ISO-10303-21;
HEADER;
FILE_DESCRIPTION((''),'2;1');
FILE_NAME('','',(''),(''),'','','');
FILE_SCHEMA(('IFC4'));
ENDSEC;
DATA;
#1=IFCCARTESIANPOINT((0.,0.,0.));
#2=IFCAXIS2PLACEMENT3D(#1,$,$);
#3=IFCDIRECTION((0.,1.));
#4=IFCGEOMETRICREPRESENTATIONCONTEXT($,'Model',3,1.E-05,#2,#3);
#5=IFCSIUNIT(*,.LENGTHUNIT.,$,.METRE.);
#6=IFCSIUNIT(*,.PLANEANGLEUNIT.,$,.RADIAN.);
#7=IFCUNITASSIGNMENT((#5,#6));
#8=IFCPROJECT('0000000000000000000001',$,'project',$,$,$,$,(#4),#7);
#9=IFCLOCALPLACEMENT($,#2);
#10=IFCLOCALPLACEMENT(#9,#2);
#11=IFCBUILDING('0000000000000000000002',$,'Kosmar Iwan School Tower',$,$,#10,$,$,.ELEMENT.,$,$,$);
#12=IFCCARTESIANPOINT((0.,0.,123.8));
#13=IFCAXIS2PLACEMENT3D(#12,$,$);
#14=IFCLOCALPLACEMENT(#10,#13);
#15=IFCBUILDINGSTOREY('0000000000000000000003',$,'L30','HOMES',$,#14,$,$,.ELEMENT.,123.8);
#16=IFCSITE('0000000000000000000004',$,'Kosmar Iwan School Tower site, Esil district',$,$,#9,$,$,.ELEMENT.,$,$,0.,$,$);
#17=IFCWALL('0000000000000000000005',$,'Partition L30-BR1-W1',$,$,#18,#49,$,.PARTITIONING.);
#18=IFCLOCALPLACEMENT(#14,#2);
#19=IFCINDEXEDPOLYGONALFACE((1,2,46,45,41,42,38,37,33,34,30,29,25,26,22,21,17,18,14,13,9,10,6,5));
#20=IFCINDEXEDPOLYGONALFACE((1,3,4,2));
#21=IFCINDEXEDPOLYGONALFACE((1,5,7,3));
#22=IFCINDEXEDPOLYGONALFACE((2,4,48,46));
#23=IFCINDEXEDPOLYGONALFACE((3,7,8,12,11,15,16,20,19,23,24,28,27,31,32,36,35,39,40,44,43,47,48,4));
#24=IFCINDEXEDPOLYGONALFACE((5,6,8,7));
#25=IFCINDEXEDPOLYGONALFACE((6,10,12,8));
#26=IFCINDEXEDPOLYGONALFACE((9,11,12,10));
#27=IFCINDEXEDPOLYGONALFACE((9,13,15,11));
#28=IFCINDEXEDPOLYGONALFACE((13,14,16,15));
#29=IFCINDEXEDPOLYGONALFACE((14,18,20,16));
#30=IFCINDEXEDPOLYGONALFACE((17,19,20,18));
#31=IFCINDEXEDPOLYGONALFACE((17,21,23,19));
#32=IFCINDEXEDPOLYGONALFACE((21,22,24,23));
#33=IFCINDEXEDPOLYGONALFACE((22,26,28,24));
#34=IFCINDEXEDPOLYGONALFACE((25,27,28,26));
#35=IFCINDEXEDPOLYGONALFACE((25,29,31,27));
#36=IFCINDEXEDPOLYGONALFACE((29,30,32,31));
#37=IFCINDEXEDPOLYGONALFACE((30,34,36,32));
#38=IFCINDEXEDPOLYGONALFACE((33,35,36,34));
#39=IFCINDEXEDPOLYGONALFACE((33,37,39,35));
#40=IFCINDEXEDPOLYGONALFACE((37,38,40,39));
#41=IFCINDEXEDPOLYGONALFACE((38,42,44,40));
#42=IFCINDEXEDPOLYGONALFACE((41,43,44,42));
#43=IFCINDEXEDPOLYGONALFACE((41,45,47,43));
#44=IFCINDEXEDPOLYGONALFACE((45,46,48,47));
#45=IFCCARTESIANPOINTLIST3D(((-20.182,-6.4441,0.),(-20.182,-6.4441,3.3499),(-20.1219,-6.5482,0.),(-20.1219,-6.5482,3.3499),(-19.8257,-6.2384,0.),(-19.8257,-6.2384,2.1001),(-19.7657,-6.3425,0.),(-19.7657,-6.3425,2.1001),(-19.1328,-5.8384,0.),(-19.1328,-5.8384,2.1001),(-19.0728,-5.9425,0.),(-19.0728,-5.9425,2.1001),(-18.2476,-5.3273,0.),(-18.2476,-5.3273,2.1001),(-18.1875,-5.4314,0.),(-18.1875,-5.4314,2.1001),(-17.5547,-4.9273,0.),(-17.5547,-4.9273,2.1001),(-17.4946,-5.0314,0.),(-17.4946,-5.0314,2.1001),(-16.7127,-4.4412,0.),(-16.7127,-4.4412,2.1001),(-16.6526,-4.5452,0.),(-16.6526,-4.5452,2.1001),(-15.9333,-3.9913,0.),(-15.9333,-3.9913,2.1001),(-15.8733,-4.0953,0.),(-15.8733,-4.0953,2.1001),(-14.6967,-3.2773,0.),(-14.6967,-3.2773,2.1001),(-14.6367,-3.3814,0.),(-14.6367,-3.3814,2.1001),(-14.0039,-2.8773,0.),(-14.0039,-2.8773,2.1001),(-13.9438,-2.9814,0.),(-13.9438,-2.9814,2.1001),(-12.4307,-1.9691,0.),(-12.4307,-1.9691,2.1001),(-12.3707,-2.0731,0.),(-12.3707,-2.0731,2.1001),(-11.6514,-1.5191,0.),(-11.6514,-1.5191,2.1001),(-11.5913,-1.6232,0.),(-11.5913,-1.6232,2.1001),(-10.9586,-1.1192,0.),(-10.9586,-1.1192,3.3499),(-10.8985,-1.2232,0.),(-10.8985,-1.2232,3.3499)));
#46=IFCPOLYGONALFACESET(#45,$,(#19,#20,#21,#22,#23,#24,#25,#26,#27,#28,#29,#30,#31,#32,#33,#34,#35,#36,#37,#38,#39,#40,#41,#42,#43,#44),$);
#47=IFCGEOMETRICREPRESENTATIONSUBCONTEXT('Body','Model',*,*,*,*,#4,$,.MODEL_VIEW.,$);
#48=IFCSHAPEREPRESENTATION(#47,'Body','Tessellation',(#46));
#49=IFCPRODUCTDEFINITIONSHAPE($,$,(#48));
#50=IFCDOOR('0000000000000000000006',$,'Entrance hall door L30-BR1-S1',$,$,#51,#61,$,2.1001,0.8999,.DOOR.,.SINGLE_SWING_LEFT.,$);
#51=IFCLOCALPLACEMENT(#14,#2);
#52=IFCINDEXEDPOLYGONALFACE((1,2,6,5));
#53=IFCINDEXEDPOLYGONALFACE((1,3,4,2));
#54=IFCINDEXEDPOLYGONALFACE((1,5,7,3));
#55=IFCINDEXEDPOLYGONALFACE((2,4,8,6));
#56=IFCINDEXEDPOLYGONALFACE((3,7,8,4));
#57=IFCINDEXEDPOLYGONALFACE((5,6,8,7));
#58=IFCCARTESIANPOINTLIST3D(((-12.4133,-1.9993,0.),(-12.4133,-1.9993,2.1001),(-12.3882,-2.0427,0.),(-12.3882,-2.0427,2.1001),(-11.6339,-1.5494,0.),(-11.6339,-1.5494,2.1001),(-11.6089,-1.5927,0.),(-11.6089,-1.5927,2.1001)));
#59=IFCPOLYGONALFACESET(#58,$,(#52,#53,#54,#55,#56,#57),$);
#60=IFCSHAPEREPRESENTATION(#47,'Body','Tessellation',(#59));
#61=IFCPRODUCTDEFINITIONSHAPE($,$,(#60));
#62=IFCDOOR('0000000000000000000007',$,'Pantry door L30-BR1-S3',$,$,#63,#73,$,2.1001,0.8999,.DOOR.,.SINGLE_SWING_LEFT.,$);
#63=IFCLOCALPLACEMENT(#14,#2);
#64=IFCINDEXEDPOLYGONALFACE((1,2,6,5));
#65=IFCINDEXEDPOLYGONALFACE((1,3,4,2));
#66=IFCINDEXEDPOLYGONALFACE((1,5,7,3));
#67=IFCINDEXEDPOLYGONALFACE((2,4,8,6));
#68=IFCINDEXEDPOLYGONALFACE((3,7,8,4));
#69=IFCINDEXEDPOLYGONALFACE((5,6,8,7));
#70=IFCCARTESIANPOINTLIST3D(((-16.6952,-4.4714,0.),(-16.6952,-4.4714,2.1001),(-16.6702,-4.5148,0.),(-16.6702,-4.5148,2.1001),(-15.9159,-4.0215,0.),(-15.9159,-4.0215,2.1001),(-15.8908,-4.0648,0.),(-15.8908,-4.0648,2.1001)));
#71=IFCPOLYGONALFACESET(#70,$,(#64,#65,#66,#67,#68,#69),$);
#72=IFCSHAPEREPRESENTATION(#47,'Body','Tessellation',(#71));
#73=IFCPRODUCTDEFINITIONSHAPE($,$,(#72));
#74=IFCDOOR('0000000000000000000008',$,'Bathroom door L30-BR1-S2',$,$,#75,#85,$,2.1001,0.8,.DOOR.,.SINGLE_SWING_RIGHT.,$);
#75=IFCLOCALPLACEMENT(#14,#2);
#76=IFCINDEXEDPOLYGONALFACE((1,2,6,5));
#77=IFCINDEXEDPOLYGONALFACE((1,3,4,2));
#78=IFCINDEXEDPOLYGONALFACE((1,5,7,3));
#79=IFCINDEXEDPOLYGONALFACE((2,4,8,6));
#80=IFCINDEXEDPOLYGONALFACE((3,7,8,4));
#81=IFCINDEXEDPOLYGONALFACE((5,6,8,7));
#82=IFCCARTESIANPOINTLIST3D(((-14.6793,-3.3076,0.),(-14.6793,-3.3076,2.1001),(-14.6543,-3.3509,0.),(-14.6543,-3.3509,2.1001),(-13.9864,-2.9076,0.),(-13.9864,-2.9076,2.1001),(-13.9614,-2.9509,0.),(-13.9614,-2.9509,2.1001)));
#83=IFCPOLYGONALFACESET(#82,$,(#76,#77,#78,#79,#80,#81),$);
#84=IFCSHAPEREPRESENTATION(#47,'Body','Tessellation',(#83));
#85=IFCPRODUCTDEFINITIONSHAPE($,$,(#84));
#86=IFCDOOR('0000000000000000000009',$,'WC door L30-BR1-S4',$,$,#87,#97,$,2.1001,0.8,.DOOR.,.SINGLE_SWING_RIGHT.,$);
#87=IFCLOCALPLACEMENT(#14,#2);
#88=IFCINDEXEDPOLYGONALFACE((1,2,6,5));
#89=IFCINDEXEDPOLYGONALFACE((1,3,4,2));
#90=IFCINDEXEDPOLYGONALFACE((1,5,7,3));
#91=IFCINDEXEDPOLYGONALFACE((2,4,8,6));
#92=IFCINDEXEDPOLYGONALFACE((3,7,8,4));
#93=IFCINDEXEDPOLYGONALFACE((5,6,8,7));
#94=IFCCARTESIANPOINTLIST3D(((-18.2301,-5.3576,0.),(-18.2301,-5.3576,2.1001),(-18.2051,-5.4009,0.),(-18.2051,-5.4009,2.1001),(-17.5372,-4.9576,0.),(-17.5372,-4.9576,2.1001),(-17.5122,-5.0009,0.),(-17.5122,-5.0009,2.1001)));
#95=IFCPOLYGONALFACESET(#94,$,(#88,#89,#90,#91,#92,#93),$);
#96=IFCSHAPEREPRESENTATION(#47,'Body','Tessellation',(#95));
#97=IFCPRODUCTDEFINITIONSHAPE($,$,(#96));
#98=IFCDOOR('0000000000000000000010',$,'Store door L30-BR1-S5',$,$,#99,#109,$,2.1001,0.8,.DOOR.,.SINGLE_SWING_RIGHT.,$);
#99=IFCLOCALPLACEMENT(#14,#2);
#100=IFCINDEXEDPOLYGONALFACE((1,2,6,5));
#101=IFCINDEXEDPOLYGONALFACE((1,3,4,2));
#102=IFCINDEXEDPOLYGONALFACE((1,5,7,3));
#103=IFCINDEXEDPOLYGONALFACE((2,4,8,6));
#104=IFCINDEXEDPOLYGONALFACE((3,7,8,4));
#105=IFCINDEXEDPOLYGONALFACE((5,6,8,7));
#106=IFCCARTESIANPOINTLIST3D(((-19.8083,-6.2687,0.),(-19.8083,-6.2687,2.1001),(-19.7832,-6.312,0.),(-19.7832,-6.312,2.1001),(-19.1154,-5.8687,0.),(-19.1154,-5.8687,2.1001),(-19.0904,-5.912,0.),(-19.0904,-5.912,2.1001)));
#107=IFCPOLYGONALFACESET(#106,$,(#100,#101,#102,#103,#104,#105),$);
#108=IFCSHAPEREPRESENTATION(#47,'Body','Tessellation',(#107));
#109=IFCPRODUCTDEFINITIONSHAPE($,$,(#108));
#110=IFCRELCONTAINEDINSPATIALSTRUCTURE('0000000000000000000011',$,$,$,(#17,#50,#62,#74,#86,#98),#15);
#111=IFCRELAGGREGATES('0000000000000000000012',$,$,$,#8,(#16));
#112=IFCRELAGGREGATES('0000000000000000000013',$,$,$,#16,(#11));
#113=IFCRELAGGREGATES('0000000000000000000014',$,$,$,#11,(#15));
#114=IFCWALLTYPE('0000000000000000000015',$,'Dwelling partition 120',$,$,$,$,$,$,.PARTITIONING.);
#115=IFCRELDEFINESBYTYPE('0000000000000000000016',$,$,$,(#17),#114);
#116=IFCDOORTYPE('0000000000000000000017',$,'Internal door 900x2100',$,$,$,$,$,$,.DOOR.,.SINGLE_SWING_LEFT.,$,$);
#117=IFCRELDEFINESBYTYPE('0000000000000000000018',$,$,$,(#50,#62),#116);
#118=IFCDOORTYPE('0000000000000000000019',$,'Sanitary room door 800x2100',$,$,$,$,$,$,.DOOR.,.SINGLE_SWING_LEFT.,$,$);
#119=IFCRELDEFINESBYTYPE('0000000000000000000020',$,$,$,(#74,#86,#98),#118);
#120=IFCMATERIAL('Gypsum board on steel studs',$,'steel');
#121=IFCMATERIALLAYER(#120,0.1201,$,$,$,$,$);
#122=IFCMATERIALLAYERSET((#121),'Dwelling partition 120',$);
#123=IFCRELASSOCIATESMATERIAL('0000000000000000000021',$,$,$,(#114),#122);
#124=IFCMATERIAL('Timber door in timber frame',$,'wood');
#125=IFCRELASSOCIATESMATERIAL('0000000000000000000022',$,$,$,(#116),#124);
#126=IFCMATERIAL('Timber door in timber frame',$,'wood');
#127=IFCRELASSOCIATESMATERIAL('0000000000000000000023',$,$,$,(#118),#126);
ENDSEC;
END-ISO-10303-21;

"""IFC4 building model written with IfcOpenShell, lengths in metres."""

from ifc_helpers import new_model, si_unit, direction, frame, frame_2d, origin, place, context, subcontext, project, spatial, rectangle, extrude, material, layer, layer_set, type_object, element, fill, save


model = new_model("IFC4")

# Units and contexts
model_context = context("Model", 3, precision=1e-05, world=origin(), true_north=direction((0.0, 1.0)))
body_context = subcontext(model_context, "Body", "Model", "MODEL_VIEW")
ifc_project = project(units=[si_unit("LENGTHUNIT", "METRE"), si_unit("PLANEANGLEUNIT", "RADIAN")], contexts=[model_context])

# Site, building, storey
site_placement = place(None, origin())
site = spatial("IfcSite", under=ifc_project, at=site_placement, Name="Kosmar Iwan School Tower site, Esil district", CompositionType="ELEMENT", RefElevation=0.0)
building_placement = place(site_placement, origin())
building = spatial("IfcBuilding", under=site, at=building_placement, Name="Kosmar Iwan School Tower", CompositionType="ELEMENT")
storey_placement = place(building_placement, frame((0.0, 0.0, 123.8)))
storey = spatial("IfcBuildingStorey", under=building, at=storey_placement, Name="L30", Description="HOMES", CompositionType="ELEMENT", Elevation=123.8)

# Wall, openings, doors
ifc_material_1 = material(Name="Gypsum board on steel studs", Category="steel")
ifc_layer_1 = layer(ifc_material_1, 0.1201)
ifc_layer_set_1 = layer_set([ifc_layer_1], Name="Dwelling partition 120")
wall_type_1 = type_object("IfcWallType", Name="Dwelling partition 120", PredefinedType="PARTITIONING", material=ifc_layer_set_1)
wall_1_placement = place(storey_placement, frame((-10.9285, -1.1711, 0.0), z_axis=(0.0, 0.0, 1.0), x_axis=(-0.866033, -0.499988, 0.0)))
wall_1 = element("IfcWall", 1, at=wall_1_placement, inside=storey, type_object=wall_type_1, Name="Partition L30-BR1-W1", PredefinedType="PARTITIONING", context=body_context, shape_type="SweptSolid", body=[
    extrude(rectangle(XDim=10.6501, YDim=0.1201, at=frame_2d((5.3252, 0.0))), origin(), (0.0, 0.0, 1.0), 3.3499),
])
opening_1_placement = place(wall_1_placement, frame((0.8, 0.0, 0.0)))
opening_1 = element("IfcOpeningElement", 2, at=opening_1_placement, cuts=wall_1, PredefinedType="OPENING", context=body_context, shape_type="SweptSolid", body=[
    extrude(rectangle(XDim=0.8999, YDim=2.1001, at=frame_2d((0.45, 1.05))), frame((0.0, 0.072, 0.0), z_axis=(0.0, -1.0, 0.0), x_axis=(1.0, 0.0, 0.0)), (0.0, 0.0, 1.0), 0.144),
])
opening_2_placement = place(wall_1_placement, frame((3.5166, 0.0, 0.0)))
opening_2 = element("IfcOpeningElement", 3, at=opening_2_placement, cuts=wall_1, PredefinedType="OPENING", context=body_context, shape_type="SweptSolid", body=[
    extrude(rectangle(XDim=0.8, YDim=2.1001, at=frame_2d((0.3999, 1.05))), frame((0.0, 0.072, 0.0), z_axis=(0.0, -1.0, 0.0), x_axis=(1.0, 0.0, 0.0)), (0.0, 0.0, 1.0), 0.144),
])
opening_3_placement = place(wall_1_placement, frame((5.7444, 0.0, 0.0)))
opening_3 = element("IfcOpeningElement", 4, at=opening_3_placement, cuts=wall_1, PredefinedType="OPENING", context=body_context, shape_type="SweptSolid", body=[
    extrude(rectangle(XDim=0.8999, YDim=2.1001, at=frame_2d((0.45, 1.05))), frame((0.0, 0.072, 0.0), z_axis=(0.0, -1.0, 0.0), x_axis=(1.0, 0.0, 0.0)), (0.0, 0.0, 1.0), 0.144),
])
opening_4_placement = place(wall_1_placement, frame((7.6167, 0.0, 0.0)))
opening_4 = element("IfcOpeningElement", 5, at=opening_4_placement, cuts=wall_1, PredefinedType="OPENING", context=body_context, shape_type="SweptSolid", body=[
    extrude(rectangle(XDim=0.8, YDim=2.1001, at=frame_2d((0.3999, 1.05))), frame((0.0, 0.072, 0.0), z_axis=(0.0, -1.0, 0.0), x_axis=(1.0, 0.0, 0.0)), (0.0, 0.0, 1.0), 0.144),
])
opening_5_placement = place(wall_1_placement, frame((9.439, 0.0, 0.0)))
opening_5 = element("IfcOpeningElement", 6, at=opening_5_placement, cuts=wall_1, PredefinedType="OPENING", context=body_context, shape_type="SweptSolid", body=[
    extrude(rectangle(XDim=0.8, YDim=2.1001, at=frame_2d((0.3999, 1.05))), frame((0.0, 0.072, 0.0), z_axis=(0.0, -1.0, 0.0), x_axis=(1.0, 0.0, 0.0)), (0.0, 0.0, 1.0), 0.144),
])
ifc_material_2 = material(Name="Timber door in timber frame", Category="wood")
door_type_1 = type_object("IfcDoorType", Name="Internal door 900x2100", OperationType="SINGLE_SWING_LEFT", PredefinedType="DOOR", material=ifc_material_2)
door_1_placement = place(opening_1_placement, origin())
door_1 = element("IfcDoor", 7, at=door_1_placement, inside=storey, type_object=door_type_1, Name="Entrance hall door L30-BR1-S1", OperationType="SINGLE_SWING_LEFT", OverallHeight=2.1001, OverallWidth=0.8999, PredefinedType="DOOR", context=body_context, shape_type="SweptSolid", body=[
    extrude(rectangle(XDim=0.8999, YDim=2.1001, at=frame_2d((0.45, 1.05))), frame((0.0, 0.0249, 0.0), z_axis=(0.0, -1.0, 0.0), x_axis=(1.0, 0.0, 0.0)), (0.0, 0.0, 1.0), 0.05),
])
fill(opening_1, door_1)
door_2_placement = place(opening_3_placement, origin())
door_2 = element("IfcDoor", 8, at=door_2_placement, inside=storey, type_object=door_type_1, Name="Pantry door L30-BR1-S3", OperationType="SINGLE_SWING_LEFT", OverallHeight=2.1001, OverallWidth=0.8999, PredefinedType="DOOR", context=body_context, shape_type="SweptSolid", body=[
    extrude(rectangle(XDim=0.8999, YDim=2.1001, at=frame_2d((0.45, 1.05))), frame((0.0, 0.0249, 0.0), z_axis=(0.0, -1.0, 0.0), x_axis=(1.0, 0.0, 0.0)), (0.0, 0.0, 1.0), 0.05),
])
fill(opening_3, door_2)
ifc_material_3 = material(Name="Timber door in timber frame", Category="wood")
door_type_2 = type_object("IfcDoorType", Name="Sanitary room door 800x2100", OperationType="SINGLE_SWING_LEFT", PredefinedType="DOOR", material=ifc_material_3)
door_3_placement = place(opening_2_placement, origin())
door_3 = element("IfcDoor", 9, at=door_3_placement, inside=storey, type_object=door_type_2, Name="Bathroom door L30-BR1-S2", OperationType="SINGLE_SWING_RIGHT", OverallHeight=2.1001, OverallWidth=0.8, PredefinedType="DOOR", context=body_context, shape_type="SweptSolid", body=[
    extrude(rectangle(XDim=0.8, YDim=2.1001, at=frame_2d((0.3999, 1.05))), frame((0.0, 0.0249, 0.0), z_axis=(0.0, -1.0, 0.0), x_axis=(1.0, 0.0, 0.0)), (0.0, 0.0, 1.0), 0.05),
])
fill(opening_2, door_3)
door_4_placement = place(opening_4_placement, origin())
door_4 = element("IfcDoor", 10, at=door_4_placement, inside=storey, type_object=door_type_2, Name="WC door L30-BR1-S4", OperationType="SINGLE_SWING_RIGHT", OverallHeight=2.1001, OverallWidth=0.8, PredefinedType="DOOR", context=body_context, shape_type="SweptSolid", body=[
    extrude(rectangle(XDim=0.8, YDim=2.1001, at=frame_2d((0.3999, 1.05))), frame((0.0, 0.0249, 0.0), z_axis=(0.0, -1.0, 0.0), x_axis=(1.0, 0.0, 0.0)), (0.0, 0.0, 1.0), 0.05),
])
fill(opening_4, door_4)
door_5_placement = place(opening_5_placement, origin())
door_5 = element("IfcDoor", 11, at=door_5_placement, inside=storey, type_object=door_type_2, Name="Store door L30-BR1-S5", OperationType="SINGLE_SWING_RIGHT", OverallHeight=2.1001, OverallWidth=0.8, PredefinedType="DOOR", context=body_context, shape_type="SweptSolid", body=[
    extrude(rectangle(XDim=0.8, YDim=2.1001, at=frame_2d((0.3999, 1.05))), frame((0.0, 0.0249, 0.0), z_axis=(0.0, -1.0, 0.0), x_axis=(1.0, 0.0, 0.0)), (0.0, 0.0, 1.0), 0.05),
])
fill(opening_5, door_5)

save(model, "model.ifc")
